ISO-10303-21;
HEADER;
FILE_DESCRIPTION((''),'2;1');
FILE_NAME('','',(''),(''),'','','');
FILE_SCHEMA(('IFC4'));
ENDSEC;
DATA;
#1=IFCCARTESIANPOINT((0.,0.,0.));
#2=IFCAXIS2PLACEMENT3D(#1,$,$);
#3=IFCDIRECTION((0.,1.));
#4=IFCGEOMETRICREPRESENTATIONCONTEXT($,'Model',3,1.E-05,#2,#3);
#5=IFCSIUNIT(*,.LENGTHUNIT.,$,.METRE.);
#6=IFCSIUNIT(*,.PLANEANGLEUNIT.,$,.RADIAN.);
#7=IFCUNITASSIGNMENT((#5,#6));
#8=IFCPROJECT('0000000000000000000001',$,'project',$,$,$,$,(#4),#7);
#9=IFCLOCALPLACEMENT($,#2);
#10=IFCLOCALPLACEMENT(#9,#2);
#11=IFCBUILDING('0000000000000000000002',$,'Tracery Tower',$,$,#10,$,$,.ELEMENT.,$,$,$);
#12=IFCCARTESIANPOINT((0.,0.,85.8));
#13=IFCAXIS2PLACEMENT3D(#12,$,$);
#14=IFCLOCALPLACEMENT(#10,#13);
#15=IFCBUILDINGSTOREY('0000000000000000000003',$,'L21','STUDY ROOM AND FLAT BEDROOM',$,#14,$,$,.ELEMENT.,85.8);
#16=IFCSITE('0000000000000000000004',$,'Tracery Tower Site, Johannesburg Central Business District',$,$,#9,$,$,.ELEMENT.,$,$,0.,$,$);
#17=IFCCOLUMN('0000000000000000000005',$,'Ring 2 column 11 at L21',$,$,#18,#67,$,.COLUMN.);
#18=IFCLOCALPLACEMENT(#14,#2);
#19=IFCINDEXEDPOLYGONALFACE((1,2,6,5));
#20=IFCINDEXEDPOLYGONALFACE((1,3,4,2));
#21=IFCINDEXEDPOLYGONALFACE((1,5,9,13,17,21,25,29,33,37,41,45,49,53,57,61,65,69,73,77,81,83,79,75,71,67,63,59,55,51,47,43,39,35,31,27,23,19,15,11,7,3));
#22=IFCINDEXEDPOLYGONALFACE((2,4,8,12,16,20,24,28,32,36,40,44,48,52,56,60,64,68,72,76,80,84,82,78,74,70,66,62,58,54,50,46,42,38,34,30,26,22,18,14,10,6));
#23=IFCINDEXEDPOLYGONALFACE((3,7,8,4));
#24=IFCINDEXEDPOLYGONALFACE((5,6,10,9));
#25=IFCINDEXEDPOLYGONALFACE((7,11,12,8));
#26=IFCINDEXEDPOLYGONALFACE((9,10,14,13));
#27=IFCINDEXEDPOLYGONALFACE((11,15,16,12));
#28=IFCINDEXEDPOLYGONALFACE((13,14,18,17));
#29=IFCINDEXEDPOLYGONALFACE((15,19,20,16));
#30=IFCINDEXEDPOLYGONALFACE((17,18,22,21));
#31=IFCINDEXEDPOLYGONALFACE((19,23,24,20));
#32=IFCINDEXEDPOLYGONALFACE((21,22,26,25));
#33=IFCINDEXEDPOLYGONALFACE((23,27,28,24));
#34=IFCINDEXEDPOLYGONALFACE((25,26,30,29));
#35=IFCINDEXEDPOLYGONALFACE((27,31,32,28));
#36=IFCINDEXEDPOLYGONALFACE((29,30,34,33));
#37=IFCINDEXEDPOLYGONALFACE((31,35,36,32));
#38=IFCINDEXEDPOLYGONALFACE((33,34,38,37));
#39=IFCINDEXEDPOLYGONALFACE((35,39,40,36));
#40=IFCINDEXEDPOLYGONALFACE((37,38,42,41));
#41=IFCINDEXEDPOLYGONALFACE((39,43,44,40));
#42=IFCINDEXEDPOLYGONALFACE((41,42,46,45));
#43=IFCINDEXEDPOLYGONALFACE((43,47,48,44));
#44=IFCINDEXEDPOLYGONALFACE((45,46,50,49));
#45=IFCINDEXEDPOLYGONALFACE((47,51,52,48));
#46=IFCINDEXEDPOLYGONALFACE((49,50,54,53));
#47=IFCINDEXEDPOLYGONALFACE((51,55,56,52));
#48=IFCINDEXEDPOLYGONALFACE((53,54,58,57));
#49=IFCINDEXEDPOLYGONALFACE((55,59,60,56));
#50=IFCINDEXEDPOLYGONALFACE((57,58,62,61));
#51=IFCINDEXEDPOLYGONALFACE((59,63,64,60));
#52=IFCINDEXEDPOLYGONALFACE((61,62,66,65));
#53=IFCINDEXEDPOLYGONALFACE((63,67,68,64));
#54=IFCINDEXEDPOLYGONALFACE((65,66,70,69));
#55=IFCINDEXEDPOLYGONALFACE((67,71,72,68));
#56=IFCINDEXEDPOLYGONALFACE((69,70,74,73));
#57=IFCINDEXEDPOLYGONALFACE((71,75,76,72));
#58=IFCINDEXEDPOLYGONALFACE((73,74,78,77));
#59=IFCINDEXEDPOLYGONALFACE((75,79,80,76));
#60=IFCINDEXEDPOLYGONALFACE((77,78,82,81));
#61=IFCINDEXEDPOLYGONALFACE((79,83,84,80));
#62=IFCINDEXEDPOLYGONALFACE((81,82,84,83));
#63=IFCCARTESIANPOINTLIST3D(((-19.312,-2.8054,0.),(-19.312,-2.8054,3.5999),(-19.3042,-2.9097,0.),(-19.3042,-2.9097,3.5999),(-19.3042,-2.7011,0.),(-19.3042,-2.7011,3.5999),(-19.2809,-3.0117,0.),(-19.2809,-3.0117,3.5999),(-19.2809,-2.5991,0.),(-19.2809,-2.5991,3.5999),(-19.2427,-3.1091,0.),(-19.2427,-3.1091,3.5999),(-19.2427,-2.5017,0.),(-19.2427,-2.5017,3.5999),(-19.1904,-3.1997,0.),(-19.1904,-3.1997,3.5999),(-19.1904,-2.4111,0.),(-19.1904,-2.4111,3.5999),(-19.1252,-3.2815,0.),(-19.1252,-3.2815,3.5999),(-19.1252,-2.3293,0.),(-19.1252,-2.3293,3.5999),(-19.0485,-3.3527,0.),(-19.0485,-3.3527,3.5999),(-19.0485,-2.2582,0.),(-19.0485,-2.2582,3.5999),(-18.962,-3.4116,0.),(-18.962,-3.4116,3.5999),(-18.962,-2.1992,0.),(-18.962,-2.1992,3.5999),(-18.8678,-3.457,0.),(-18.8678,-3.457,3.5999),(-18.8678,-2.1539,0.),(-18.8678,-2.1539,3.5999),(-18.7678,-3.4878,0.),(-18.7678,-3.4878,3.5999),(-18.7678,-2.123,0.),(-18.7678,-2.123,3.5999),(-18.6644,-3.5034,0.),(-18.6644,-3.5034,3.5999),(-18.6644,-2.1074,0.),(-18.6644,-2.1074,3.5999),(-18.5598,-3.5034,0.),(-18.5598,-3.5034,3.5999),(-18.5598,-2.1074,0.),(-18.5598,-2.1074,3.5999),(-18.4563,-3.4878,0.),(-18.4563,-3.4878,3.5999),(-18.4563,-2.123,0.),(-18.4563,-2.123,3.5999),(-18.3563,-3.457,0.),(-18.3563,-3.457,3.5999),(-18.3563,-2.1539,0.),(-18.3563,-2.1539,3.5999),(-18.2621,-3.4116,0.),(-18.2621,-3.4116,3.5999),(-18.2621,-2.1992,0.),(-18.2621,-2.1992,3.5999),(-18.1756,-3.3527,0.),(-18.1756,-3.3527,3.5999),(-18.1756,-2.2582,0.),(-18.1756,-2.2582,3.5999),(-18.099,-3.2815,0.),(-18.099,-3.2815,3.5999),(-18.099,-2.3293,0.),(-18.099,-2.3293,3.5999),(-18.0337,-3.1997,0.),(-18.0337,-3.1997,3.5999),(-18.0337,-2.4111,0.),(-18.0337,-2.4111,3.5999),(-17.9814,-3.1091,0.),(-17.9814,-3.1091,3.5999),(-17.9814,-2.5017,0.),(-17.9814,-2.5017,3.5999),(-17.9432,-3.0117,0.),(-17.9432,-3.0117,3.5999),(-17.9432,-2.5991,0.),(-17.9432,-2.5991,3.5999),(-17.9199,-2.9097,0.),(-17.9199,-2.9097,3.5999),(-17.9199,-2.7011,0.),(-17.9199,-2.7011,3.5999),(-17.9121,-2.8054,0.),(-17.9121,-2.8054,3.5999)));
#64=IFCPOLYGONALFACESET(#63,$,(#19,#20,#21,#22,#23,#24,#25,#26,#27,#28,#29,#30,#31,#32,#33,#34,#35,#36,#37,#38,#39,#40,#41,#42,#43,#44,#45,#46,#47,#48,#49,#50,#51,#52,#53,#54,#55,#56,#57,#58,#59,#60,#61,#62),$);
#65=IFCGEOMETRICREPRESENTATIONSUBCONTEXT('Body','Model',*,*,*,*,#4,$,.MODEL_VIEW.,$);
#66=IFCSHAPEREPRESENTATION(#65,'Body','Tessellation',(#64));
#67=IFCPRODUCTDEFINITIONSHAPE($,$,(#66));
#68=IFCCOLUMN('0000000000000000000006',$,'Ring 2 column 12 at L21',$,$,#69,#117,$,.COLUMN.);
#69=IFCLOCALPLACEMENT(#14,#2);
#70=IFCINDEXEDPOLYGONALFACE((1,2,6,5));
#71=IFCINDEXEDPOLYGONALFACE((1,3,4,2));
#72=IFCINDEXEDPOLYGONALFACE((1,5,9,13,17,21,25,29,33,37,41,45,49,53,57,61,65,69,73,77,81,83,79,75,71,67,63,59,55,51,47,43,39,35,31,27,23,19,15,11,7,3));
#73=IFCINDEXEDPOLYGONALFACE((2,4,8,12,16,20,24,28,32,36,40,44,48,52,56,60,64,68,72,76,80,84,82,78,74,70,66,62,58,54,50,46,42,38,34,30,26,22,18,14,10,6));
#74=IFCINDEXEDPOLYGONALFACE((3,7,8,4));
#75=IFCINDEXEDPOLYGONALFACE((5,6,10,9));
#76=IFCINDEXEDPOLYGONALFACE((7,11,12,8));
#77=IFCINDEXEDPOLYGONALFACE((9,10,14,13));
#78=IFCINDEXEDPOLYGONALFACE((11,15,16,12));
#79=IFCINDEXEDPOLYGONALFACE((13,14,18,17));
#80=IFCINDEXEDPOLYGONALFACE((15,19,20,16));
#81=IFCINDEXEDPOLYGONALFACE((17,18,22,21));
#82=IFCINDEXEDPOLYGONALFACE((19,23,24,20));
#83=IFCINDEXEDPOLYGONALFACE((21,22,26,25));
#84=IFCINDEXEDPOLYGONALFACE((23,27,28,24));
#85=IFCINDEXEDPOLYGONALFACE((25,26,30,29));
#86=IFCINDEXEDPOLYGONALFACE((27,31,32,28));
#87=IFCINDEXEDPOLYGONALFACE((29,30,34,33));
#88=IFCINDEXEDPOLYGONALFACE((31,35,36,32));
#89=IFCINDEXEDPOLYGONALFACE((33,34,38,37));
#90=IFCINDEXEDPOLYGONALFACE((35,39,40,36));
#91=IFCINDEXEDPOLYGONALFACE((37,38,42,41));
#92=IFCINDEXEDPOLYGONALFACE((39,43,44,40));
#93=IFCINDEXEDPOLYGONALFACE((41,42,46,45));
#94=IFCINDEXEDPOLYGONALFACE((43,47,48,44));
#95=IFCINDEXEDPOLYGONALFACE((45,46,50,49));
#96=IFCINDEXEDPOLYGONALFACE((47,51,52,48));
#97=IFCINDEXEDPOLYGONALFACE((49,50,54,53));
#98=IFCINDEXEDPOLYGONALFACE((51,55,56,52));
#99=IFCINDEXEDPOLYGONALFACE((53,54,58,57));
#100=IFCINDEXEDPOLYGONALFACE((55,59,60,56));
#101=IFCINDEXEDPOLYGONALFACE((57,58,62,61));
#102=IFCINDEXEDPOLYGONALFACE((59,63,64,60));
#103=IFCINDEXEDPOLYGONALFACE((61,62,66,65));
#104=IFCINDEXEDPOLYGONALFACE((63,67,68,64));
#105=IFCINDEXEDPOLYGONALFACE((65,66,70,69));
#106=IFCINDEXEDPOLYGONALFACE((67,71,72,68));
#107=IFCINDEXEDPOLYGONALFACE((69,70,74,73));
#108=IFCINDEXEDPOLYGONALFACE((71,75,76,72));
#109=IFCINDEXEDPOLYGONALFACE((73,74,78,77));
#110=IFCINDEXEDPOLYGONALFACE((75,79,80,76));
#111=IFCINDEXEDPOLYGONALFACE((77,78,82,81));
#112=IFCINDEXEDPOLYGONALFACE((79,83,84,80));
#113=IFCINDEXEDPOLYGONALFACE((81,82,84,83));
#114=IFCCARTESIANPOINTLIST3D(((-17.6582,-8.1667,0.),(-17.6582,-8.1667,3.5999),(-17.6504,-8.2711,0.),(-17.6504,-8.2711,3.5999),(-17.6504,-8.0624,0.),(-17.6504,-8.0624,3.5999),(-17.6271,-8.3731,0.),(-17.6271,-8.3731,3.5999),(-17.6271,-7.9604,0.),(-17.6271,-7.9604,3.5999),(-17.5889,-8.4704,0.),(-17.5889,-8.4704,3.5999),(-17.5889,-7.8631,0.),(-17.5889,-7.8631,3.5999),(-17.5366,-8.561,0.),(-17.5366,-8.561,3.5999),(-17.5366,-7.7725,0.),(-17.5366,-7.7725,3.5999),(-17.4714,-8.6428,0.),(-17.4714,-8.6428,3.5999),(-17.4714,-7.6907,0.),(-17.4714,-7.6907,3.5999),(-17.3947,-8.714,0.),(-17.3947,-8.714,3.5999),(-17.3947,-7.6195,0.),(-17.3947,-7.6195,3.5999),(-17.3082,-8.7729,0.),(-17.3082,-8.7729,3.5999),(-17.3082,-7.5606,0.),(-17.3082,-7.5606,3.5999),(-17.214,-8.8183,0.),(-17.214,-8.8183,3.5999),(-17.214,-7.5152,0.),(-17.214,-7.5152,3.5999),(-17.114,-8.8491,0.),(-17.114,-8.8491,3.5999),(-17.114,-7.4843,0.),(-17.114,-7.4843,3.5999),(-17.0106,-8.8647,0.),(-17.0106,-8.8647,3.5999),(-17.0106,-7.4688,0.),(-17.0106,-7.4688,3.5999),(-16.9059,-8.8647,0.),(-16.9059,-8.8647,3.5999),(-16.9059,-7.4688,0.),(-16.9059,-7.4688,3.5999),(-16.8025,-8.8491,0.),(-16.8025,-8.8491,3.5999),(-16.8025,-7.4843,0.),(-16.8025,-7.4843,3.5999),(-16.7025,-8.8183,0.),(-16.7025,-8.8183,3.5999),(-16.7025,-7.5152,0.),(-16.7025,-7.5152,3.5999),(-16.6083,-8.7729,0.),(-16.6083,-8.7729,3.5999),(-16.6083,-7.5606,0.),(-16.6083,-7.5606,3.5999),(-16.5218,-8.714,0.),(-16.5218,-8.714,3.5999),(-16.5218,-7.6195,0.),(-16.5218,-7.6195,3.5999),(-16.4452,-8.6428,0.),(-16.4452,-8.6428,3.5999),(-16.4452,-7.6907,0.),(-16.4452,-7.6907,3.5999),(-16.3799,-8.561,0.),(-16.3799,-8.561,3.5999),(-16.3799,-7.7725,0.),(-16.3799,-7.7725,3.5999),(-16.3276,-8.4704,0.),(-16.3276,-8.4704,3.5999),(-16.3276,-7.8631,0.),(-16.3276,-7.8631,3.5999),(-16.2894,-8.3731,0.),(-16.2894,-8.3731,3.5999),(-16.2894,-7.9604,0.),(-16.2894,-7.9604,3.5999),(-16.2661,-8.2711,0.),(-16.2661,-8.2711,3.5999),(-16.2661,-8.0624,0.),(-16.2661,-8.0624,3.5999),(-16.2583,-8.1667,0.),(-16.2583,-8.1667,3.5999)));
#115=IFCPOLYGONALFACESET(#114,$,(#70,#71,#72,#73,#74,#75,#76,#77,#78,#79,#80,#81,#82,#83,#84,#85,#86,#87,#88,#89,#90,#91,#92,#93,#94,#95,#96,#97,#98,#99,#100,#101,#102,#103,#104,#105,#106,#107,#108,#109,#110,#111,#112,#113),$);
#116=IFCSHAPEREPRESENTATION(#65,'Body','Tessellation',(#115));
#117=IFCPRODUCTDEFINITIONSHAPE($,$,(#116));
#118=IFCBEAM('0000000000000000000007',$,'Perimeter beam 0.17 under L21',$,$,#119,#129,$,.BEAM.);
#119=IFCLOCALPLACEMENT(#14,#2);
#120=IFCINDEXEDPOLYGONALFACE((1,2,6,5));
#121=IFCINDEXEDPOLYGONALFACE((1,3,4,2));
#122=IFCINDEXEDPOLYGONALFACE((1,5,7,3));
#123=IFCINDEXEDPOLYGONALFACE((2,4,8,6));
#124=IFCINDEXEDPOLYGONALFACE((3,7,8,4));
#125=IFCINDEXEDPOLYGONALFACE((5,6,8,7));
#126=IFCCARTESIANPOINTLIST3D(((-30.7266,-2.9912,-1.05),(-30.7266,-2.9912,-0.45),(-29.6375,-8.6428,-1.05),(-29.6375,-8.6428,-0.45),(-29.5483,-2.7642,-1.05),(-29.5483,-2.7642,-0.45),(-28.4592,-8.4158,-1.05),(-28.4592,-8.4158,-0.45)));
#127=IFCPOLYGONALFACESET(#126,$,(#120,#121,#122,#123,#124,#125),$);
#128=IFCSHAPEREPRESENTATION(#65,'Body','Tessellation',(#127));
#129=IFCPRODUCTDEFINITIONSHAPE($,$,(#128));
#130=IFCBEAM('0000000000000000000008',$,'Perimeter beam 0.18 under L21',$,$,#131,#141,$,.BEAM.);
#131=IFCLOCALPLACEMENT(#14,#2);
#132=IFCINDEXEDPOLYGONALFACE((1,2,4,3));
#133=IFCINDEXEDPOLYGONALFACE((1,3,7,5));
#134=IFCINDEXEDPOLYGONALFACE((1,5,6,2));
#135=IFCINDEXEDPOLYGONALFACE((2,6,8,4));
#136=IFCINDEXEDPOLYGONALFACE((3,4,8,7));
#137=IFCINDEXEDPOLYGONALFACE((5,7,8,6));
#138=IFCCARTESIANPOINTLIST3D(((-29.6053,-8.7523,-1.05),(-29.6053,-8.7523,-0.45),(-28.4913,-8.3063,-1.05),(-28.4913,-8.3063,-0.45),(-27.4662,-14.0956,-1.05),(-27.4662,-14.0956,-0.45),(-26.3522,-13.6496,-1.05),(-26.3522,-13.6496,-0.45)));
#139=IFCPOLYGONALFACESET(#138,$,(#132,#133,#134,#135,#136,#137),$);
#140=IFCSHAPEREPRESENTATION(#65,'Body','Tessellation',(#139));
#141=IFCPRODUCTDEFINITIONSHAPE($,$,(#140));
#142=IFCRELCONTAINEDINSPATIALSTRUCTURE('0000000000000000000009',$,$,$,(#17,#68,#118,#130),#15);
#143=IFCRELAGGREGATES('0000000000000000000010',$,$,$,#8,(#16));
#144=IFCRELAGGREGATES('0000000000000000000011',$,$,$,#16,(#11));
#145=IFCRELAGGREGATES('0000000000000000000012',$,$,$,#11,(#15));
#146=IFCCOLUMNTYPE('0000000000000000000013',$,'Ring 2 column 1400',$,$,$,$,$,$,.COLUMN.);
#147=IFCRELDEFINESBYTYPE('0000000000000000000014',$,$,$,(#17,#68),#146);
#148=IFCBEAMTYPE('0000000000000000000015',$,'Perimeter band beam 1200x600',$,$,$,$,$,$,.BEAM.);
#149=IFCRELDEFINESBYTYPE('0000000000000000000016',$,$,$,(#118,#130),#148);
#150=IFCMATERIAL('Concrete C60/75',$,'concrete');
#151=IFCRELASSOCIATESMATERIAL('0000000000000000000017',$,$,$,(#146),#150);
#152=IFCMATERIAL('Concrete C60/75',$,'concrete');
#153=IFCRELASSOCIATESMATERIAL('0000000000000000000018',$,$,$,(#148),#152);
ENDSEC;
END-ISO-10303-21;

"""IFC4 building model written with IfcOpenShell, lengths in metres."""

from ifc_helpers import new_model, si_unit, direction, frame, origin, origin_2d, place, context, subcontext, project, spatial, rectangle, circle, extrude, material, material_profile, profile_set, type_object, element, save


model = new_model("IFC4")

# Units and contexts
model_context = context("Model", 3, precision=1e-05, world=origin(), true_north=direction((0.0, 1.0)))
body_context = subcontext(model_context, "Body", "Model", "MODEL_VIEW")
ifc_project = project(units=[si_unit("LENGTHUNIT", "METRE"), si_unit("PLANEANGLEUNIT", "RADIAN")], contexts=[model_context])

# Site, building, storey
site_placement = place(None, origin())
site = spatial("IfcSite", under=ifc_project, at=site_placement, Name="Tracery Tower Site, Johannesburg Central Business District", CompositionType="ELEMENT", RefElevation=0.0)
building_placement = place(site_placement, origin())
building = spatial("IfcBuilding", under=site, at=building_placement, Name="Tracery Tower", CompositionType="ELEMENT")
storey_placement = place(building_placement, frame((0.0, 0.0, 85.8)))
storey = spatial("IfcBuildingStorey", under=building, at=storey_placement, Name="L21", Description="STUDY ROOM AND FLAT BEDROOM", CompositionType="ELEMENT", Elevation=85.8)

# Columns
ifc_material_1 = material(Name="Concrete C60/75", Category="concrete")
ifc_material_profile_1 = material_profile(ifc_material_1, circle(Radius=0.7, at=origin_2d()), Name="RC D1400")
ifc_profile_set_1 = profile_set([ifc_material_profile_1], Name="Concrete C60/75")
column_type_1 = type_object("IfcColumnType", Name="Ring 2 column 1400", PredefinedType="COLUMN", material=ifc_profile_set_1)
for number, where, z_axis, x_axis, name in (
    (1, (-18.6121, -2.8054, 0.0), (0.0, 0.0, 1.0), (1.0, 0.0, 0.0), "Ring 2 column 11 at L21"),
    (2, (-16.9583, -8.1667, 0.0), (0.0, 0.0, 1.0), (1.0, 0.0, 0.0), "Ring 2 column 12 at L21"),
):
    element("IfcColumn", number, at=place(storey_placement, frame(where, z_axis=z_axis, x_axis=x_axis)), inside=storey, type_object=column_type_1, Name=name, PredefinedType="COLUMN", context=body_context, shape_type="SweptSolid", body=[
        extrude(circle(Radius=0.7, at=origin_2d()), origin(), (0.0, 0.0, 1.0), 3.5999),
    ])

# Beams
ifc_material_2 = material(Name="Concrete C60/75", Category="concrete")
ifc_material_profile_2 = material_profile(ifc_material_2, rectangle(XDim=1.2, YDim=0.6001, at=origin_2d()), Name="RC 1200x600")
ifc_profile_set_2 = profile_set([ifc_material_profile_2], Name="Concrete C60/75")
beam_type = type_object("IfcBeamType", Name="Perimeter band beam 1200x600", PredefinedType="BEAM", material=ifc_profile_set_2)
for number, where, z_axis, x_axis, name in (
    (3, (-30.1375, -2.8777, -0.75), (0.189227, -0.981933, 0.0), (0.981933, 0.189227, 0.0), "Perimeter beam 0.17 under L21"),
    (4, (-29.0483, -8.5293, -0.75), (0.371669, -0.928365, 0.0), (0.928365, 0.371669, 0.0), "Perimeter beam 0.18 under L21"),
):
    element("IfcBeam", number, at=place(storey_placement, frame(where, z_axis=z_axis, x_axis=x_axis)), inside=storey, type_object=beam_type, Name=name, PredefinedType="BEAM", context=body_context, shape_type="SweptSolid", body=[
        extrude(rectangle(XDim=1.2, YDim=0.6001, at=origin_2d()), origin(), (0.0, 0.0, 1.0), 5.7556),
    ])

save(model, "model.ifc")
